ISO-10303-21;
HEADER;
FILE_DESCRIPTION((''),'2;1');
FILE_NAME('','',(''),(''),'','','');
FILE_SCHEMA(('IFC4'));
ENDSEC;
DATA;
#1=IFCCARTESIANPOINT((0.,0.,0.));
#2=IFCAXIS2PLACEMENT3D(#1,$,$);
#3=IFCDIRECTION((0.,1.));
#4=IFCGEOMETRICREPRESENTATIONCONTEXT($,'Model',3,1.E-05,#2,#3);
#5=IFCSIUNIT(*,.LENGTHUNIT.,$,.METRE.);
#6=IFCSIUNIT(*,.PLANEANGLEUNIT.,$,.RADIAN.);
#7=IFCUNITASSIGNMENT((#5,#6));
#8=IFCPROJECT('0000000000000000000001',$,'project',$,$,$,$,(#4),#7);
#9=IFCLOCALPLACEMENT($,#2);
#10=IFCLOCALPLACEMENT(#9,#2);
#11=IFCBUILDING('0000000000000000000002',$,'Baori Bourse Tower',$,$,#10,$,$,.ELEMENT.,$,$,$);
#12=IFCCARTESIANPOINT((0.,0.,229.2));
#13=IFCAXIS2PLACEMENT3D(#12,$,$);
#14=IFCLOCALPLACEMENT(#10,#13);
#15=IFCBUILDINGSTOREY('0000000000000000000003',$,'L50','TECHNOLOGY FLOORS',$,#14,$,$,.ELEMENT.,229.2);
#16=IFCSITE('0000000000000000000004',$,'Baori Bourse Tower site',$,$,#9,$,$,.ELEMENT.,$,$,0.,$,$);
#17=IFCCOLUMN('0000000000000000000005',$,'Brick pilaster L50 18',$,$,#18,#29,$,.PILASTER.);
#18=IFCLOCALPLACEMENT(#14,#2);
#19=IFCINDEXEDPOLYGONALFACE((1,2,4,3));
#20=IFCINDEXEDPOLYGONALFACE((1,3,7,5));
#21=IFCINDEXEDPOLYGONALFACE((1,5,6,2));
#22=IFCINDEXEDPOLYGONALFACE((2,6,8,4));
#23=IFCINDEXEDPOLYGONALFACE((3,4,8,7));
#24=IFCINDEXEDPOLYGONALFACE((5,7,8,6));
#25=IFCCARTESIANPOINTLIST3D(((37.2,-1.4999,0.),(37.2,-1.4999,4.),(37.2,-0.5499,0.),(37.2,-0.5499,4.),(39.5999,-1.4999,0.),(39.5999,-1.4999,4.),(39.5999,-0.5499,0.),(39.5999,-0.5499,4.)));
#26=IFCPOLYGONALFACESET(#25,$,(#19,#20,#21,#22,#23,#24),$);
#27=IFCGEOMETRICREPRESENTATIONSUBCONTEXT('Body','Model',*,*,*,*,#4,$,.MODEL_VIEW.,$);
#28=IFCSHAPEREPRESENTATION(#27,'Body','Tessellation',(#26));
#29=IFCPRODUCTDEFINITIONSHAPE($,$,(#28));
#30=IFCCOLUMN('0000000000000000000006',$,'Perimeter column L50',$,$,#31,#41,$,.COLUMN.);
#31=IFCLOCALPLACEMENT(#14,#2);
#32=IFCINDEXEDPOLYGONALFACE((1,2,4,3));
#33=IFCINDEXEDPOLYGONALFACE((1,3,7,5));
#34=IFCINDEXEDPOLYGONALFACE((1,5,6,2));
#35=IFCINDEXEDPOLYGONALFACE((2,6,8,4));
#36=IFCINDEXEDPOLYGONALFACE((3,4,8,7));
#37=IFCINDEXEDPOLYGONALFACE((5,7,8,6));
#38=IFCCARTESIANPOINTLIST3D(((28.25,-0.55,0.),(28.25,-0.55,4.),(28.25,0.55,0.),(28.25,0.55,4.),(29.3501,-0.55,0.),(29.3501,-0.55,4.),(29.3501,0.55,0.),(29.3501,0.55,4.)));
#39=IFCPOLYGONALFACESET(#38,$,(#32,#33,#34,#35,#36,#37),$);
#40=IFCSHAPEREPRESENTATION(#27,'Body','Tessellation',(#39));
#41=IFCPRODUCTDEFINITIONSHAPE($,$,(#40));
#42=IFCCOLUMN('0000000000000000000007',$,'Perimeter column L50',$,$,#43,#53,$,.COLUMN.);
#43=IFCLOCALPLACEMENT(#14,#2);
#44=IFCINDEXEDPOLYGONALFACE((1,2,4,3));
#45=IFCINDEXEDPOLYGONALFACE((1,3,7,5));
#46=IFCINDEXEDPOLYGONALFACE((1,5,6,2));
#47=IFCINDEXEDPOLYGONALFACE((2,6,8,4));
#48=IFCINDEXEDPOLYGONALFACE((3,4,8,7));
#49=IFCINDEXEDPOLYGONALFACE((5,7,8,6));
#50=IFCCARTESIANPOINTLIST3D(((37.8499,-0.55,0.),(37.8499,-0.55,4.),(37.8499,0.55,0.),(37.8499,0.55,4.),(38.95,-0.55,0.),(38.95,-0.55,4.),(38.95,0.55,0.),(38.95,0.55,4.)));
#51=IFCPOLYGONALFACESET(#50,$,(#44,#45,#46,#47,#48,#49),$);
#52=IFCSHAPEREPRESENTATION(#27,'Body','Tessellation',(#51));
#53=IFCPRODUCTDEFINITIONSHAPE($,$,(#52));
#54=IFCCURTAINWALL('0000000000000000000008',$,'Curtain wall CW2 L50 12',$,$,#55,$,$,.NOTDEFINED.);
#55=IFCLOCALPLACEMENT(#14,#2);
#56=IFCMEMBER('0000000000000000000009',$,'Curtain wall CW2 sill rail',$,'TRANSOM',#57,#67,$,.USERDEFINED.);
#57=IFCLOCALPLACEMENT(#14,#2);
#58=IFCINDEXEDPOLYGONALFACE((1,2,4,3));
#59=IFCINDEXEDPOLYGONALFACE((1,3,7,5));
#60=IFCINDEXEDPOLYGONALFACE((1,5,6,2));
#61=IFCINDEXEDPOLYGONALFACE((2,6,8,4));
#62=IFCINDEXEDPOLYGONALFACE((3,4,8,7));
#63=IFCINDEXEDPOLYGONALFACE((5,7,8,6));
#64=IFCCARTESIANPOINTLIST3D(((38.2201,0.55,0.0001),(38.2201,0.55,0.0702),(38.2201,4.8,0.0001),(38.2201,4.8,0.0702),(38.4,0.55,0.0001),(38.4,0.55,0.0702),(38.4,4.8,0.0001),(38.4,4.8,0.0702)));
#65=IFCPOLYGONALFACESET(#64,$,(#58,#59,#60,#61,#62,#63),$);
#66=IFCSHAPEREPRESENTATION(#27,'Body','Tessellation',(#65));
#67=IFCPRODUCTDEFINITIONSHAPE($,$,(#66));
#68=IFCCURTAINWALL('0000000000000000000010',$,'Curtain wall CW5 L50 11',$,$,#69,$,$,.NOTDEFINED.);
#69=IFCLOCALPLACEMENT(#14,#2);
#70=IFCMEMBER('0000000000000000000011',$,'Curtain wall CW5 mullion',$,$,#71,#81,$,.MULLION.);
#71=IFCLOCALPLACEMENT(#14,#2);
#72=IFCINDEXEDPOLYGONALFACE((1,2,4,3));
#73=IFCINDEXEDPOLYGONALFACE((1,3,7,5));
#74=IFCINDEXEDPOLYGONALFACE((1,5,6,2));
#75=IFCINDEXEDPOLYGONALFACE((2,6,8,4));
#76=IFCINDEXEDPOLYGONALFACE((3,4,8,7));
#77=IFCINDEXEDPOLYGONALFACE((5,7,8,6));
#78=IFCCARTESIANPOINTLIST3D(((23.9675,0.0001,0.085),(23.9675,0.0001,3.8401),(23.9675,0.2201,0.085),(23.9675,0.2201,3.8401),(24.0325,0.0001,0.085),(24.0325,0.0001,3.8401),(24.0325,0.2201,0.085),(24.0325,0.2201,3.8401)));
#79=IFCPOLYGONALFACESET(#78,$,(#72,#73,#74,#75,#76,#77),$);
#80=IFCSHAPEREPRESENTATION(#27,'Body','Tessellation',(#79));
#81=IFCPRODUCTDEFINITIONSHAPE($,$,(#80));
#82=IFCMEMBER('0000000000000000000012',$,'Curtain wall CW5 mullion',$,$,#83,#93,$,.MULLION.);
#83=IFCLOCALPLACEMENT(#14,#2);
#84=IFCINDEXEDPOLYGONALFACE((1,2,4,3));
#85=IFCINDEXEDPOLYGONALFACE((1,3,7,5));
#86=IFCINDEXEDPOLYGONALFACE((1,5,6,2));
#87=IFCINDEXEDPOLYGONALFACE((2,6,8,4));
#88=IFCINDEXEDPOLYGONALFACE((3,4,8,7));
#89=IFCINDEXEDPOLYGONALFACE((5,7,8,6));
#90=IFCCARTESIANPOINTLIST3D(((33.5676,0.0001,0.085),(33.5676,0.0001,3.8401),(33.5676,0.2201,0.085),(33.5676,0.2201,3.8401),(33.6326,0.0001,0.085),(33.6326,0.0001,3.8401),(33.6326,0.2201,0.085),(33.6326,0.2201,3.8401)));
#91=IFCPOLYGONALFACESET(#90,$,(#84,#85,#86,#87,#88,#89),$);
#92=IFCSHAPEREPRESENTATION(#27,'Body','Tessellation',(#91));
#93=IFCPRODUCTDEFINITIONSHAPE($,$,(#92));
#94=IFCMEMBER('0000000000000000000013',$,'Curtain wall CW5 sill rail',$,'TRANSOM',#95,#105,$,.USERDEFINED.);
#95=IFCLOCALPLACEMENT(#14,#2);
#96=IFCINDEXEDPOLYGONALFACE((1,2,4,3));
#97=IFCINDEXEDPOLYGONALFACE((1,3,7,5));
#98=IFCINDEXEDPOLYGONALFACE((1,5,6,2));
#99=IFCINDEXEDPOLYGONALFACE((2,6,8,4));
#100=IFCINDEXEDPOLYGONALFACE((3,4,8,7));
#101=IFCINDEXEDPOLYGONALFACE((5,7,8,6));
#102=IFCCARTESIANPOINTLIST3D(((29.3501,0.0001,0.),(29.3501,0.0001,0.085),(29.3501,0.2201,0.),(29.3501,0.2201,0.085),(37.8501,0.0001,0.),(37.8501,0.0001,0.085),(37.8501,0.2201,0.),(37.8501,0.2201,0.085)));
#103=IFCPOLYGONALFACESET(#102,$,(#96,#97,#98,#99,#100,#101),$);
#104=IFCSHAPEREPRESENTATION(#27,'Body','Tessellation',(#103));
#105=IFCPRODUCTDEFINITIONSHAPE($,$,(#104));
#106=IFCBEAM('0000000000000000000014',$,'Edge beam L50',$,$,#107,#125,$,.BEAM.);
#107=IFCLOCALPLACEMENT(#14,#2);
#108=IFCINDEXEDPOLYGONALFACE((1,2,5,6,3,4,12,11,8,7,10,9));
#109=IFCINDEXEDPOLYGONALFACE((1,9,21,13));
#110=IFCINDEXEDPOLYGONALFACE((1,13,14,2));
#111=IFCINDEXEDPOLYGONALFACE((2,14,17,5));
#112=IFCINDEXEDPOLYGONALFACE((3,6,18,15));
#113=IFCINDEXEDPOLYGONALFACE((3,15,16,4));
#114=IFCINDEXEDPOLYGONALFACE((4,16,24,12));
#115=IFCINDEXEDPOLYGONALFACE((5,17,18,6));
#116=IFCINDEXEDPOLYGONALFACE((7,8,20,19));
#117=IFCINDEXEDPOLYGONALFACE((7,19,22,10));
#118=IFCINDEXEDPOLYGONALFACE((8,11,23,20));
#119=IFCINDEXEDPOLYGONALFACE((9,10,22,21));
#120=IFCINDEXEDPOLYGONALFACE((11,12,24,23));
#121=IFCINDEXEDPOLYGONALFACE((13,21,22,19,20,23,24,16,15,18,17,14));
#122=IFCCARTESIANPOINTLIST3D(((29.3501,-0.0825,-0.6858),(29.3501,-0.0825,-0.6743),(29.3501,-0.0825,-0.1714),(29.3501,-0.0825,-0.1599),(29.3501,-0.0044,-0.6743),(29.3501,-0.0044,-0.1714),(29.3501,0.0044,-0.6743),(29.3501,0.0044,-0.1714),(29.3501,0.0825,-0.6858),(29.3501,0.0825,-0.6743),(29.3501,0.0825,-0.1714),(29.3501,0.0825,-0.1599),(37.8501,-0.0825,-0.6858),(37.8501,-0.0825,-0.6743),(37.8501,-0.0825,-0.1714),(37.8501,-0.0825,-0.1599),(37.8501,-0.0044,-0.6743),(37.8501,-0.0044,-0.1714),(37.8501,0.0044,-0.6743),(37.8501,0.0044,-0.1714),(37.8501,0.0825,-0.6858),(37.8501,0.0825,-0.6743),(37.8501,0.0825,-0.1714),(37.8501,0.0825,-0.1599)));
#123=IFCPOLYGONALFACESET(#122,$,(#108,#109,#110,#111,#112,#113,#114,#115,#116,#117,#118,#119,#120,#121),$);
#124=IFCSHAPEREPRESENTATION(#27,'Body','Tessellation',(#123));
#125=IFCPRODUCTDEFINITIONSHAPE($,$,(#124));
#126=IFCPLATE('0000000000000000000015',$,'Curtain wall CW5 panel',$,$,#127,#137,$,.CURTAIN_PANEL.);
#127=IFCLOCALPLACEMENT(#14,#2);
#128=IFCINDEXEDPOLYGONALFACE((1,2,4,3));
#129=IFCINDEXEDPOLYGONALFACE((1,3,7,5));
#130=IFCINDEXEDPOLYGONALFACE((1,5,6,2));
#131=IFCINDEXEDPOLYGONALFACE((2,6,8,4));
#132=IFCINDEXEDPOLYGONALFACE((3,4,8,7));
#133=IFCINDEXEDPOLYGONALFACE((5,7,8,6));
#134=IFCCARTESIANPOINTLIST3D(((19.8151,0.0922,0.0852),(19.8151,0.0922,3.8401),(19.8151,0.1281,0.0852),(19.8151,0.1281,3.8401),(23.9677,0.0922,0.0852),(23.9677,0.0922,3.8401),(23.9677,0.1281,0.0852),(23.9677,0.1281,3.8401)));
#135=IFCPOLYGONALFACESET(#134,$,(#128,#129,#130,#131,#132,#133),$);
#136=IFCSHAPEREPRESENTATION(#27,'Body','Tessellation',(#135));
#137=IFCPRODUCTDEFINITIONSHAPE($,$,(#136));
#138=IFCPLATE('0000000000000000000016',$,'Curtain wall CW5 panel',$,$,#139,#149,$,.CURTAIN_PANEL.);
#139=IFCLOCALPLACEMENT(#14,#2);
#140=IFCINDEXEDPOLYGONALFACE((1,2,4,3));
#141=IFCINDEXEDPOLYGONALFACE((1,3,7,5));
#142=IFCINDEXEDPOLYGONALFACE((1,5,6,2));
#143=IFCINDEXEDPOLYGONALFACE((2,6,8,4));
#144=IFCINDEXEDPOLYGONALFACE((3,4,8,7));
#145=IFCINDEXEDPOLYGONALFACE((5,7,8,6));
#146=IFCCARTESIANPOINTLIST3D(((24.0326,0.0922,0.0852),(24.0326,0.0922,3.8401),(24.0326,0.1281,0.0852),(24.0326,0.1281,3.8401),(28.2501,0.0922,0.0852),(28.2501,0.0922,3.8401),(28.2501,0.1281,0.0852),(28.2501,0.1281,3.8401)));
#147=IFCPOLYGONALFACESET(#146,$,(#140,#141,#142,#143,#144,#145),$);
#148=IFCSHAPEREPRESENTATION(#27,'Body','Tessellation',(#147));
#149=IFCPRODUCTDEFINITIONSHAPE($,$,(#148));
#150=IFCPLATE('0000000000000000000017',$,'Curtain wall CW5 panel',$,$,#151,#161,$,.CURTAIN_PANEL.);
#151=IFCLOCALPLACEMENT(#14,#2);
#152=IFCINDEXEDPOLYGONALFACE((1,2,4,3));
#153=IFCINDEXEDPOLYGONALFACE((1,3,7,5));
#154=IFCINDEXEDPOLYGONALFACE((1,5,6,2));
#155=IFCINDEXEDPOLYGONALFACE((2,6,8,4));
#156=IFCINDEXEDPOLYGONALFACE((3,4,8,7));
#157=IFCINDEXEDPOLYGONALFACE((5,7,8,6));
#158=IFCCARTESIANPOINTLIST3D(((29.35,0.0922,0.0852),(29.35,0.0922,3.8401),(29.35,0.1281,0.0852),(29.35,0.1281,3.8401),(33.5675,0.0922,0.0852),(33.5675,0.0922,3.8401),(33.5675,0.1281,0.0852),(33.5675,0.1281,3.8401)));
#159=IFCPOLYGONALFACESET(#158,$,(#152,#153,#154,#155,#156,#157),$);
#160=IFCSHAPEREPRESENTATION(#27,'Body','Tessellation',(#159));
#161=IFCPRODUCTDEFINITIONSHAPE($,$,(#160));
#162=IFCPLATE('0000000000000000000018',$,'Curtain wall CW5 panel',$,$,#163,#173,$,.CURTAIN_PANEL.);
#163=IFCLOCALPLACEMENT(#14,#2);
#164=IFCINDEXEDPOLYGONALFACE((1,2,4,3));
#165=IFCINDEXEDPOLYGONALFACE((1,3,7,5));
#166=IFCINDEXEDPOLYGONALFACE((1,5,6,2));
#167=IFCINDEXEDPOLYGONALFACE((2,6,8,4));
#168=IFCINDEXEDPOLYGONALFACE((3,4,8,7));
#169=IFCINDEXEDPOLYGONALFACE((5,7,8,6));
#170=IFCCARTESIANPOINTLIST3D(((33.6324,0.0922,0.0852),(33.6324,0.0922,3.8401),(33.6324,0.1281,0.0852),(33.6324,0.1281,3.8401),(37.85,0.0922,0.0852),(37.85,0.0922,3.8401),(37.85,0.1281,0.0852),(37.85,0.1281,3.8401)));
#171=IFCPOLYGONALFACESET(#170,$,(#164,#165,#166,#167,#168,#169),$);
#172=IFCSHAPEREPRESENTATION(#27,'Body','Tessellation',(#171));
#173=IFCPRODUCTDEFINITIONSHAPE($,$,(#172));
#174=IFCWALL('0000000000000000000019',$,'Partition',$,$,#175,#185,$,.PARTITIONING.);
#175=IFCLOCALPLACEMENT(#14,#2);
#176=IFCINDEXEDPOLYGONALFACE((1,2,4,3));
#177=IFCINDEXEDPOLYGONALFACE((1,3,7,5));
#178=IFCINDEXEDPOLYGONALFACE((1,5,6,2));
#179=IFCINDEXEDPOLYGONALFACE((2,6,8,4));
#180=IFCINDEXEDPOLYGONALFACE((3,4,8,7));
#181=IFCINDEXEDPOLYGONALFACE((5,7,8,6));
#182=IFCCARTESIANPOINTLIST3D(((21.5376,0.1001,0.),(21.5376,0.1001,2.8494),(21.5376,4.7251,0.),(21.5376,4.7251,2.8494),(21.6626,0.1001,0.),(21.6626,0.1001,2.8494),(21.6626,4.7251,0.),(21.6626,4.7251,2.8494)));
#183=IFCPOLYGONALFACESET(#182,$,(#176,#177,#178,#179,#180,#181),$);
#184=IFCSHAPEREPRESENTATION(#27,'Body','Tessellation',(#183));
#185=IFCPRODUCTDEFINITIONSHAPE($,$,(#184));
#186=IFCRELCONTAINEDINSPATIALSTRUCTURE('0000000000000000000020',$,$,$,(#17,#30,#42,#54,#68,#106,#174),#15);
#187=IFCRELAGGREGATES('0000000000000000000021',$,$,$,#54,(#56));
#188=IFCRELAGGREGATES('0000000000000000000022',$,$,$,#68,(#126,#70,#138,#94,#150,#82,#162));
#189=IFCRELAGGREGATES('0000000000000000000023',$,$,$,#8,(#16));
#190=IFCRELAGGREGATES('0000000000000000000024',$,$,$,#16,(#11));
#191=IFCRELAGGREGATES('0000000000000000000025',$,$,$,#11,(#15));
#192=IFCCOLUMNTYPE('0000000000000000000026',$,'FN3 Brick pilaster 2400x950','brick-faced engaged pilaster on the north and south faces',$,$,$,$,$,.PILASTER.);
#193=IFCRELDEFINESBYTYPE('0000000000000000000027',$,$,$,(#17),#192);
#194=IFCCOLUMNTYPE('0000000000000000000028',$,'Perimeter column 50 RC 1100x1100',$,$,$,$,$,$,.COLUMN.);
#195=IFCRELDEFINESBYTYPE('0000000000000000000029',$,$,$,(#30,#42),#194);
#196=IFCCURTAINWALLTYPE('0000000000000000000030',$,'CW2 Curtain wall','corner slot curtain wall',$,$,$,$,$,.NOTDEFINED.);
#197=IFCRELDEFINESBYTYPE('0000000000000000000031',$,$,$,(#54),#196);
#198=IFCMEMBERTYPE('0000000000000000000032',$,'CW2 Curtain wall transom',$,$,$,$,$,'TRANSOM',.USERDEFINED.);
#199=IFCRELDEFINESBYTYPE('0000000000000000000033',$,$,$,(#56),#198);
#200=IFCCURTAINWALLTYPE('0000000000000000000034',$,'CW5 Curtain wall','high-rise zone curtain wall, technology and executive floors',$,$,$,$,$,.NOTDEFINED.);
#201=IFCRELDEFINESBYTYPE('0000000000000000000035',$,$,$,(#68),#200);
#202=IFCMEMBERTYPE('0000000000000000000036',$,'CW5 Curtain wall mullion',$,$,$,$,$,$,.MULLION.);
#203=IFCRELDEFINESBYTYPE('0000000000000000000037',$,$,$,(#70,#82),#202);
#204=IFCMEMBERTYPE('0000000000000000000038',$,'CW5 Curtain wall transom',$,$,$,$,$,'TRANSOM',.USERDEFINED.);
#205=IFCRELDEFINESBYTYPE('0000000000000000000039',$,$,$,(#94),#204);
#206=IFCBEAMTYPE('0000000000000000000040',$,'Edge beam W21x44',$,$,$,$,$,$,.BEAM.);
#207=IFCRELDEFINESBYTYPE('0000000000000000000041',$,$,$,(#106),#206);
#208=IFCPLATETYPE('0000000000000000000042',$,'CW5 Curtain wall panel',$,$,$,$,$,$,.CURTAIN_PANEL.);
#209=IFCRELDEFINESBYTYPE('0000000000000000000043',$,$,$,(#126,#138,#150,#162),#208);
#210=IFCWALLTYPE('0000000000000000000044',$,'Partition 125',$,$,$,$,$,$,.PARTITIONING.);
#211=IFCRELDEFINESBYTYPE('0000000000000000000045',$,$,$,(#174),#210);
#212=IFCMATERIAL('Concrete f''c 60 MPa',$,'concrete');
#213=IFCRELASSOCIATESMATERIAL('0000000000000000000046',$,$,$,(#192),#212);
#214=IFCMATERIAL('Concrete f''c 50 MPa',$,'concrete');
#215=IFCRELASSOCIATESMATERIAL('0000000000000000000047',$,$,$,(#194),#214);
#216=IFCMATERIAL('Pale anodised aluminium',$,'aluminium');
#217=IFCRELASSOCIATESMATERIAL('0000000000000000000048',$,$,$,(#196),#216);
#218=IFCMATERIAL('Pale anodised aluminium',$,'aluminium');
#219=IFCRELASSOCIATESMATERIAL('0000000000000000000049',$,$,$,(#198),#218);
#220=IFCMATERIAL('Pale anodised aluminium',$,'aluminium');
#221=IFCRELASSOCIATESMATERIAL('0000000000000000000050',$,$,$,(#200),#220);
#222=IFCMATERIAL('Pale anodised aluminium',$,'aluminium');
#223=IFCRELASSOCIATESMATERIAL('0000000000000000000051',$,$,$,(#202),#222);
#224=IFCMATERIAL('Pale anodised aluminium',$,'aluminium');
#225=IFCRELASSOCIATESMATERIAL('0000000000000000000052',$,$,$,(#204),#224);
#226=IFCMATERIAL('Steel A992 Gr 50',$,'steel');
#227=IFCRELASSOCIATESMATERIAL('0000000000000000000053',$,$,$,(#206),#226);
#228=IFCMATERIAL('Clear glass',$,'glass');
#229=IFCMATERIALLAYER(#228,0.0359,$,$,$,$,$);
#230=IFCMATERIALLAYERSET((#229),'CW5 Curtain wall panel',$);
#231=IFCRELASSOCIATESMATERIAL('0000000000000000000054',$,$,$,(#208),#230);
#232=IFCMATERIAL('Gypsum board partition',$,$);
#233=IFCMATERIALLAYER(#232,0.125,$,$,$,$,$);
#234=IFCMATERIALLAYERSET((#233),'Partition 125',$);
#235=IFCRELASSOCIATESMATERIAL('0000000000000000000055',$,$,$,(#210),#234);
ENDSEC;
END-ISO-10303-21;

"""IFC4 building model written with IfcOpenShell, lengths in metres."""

from ifc_helpers import new_model, si_unit, direction, frame, frame_2d, origin, origin_2d, place, context, subcontext, project, spatial, rectangle, i_section, extrude, material, layer, layer_set, material_profile, profile_set, type_object, element, aggregate, save


model = new_model("IFC4")

# Units and contexts
model_context = context("Model", 3, precision=1e-05, world=origin(), true_north=direction((0.0, 1.0)))
body_context = subcontext(model_context, "Body", "Model", "MODEL_VIEW")
ifc_project = project(units=[si_unit("LENGTHUNIT", "METRE"), si_unit("PLANEANGLEUNIT", "RADIAN")], contexts=[model_context])

# Site, building, storey
site_placement = place(None, origin())
site = spatial("IfcSite", under=ifc_project, at=site_placement, Name="Baori Bourse Tower site", CompositionType="ELEMENT", RefElevation=0.0)
building_placement = place(site_placement, origin())
building = spatial("IfcBuilding", under=site, at=building_placement, Name="Baori Bourse Tower", CompositionType="ELEMENT")
storey_placement = place(building_placement, frame((0.0, 0.0, 229.2)))
storey = spatial("IfcBuildingStorey", under=building, at=storey_placement, Name="L50", Description="TECHNOLOGY FLOORS", CompositionType="ELEMENT", Elevation=229.2)

# Columns
ifc_material_1 = material(Name="Concrete f'c 60 MPa", Category="concrete")
ifc_material_profile_1 = material_profile(ifc_material_1, rectangle(XDim=2.3999, YDim=0.95, at=origin_2d()), Name="RC 2400x950")
ifc_profile_set_1 = profile_set([ifc_material_profile_1], Name="Concrete f'c 60 MPa")
column_type_1 = type_object("IfcColumnType", Name="FN3 Brick pilaster 2400x950", Description="brick-faced engaged pilaster on the north and south faces", PredefinedType="PILASTER", material=ifc_profile_set_1)
column_placement = place(storey_placement, frame((38.3999, -1.0249, 0.0), z_axis=(0.0, 0.0, 1.0), x_axis=(1.0, 0.0, 0.0)))
element("IfcColumn", 1, at=column_placement, inside=storey, type_object=column_type_1, Name="Brick pilaster L50 18", PredefinedType="PILASTER", context=body_context, shape_type="SweptSolid", body=[
    extrude(rectangle(XDim=2.3999, YDim=0.95, at=origin_2d()), origin(), (0.0, 0.0, 1.0), 4.0),
])
ifc_material_2 = material(Name="Concrete f'c 50 MPa", Category="concrete")
ifc_material_profile_2 = material_profile(ifc_material_2, rectangle(XDim=1.1001, YDim=1.1001, at=origin_2d()), Name="RC 1100x1100")
ifc_profile_set_2 = profile_set([ifc_material_profile_2], Name="Concrete f'c 50 MPa")
column_type_2 = type_object("IfcColumnType", Name="Perimeter column 50 RC 1100x1100", PredefinedType="COLUMN", material=ifc_profile_set_2)
for number, where, z_axis, x_axis, name in (
    (2, (28.8, 0.0, 0.0), (0.0, 0.0, 1.0), (1.0, 0.0, 0.0), "Perimeter column L50"),
    (3, (38.3999, 0.0, 0.0), (0.0, 0.0, 1.0), (1.0, 0.0, 0.0), "Perimeter column L50"),
):
    element("IfcColumn", number, at=place(storey_placement, frame(where, z_axis=z_axis, x_axis=x_axis)), inside=storey, type_object=column_type_2, Name=name, PredefinedType="COLUMN", context=body_context, shape_type="SweptSolid", body=[
        extrude(rectangle(XDim=1.1001, YDim=1.1001, at=origin_2d()), origin(), (0.0, 0.0, 1.0), 4.0),
    ])

# Curtain wall, member
ifc_material_3 = material(Name="Pale anodised aluminium", Category="aluminium")
curtain_wall_type_1 = type_object("IfcCurtainWallType", Name="CW2 Curtain wall", Description="corner slot curtain wall", PredefinedType="NOTDEFINED", material=ifc_material_3)
curtain_wall_1_placement = place(storey_placement, origin())
curtain_wall_1 = element("IfcCurtainWall", 4, at=curtain_wall_1_placement, inside=storey, type_object=curtain_wall_type_1, Name="Curtain wall CW2 L50 12", PredefinedType="NOTDEFINED")
ifc_material_4 = material(Name="Pale anodised aluminium", Category="aluminium")
ifc_material_profile_3 = material_profile(ifc_material_4, rectangle(XDim=0.1799, YDim=0.0701, at=origin_2d()), Name="Transom 70x180")
ifc_profile_set_3 = profile_set([ifc_material_profile_3], Name="Pale anodised aluminium")
member_type_1 = type_object("IfcMemberType", Name="CW2 Curtain wall transom", ElementType="TRANSOM", PredefinedType="USERDEFINED", material=ifc_profile_set_3)
member_1_placement = place(storey_placement, frame((38.3101, 0.55, 0.0352), z_axis=(0.0, 1.0, 0.0), x_axis=(-1.0, 0.0, 0.0)))
member_1 = element("IfcMember", 5, at=member_1_placement, type_object=member_type_1, Name="Curtain wall CW2 sill rail", ObjectType="TRANSOM", PredefinedType="USERDEFINED", context=body_context, shape_type="SweptSolid", body=[
    extrude(rectangle(XDim=0.1799, YDim=0.0701, at=origin_2d()), origin(), (0.0, 0.0, 1.0), 4.25),
])
aggregate(curtain_wall_1, [member_1])

# Curtain wall, members
ifc_material_5 = material(Name="Pale anodised aluminium", Category="aluminium")
curtain_wall_type_2 = type_object("IfcCurtainWallType", Name="CW5 Curtain wall", Description="high-rise zone curtain wall, technology and executive floors", PredefinedType="NOTDEFINED", material=ifc_material_5)
curtain_wall_2_placement = place(storey_placement, origin())
curtain_wall_2 = element("IfcCurtainWall", 6, at=curtain_wall_2_placement, inside=storey, type_object=curtain_wall_type_2, Name="Curtain wall CW5 L50 11", PredefinedType="NOTDEFINED")
ifc_material_6 = material(Name="Pale anodised aluminium", Category="aluminium")
ifc_material_profile_4 = material_profile(ifc_material_6, rectangle(XDim=0.22, YDim=0.0649, at=origin_2d()), Name="Mullion 65x220")
ifc_profile_set_4 = profile_set([ifc_material_profile_4], Name="Pale anodised aluminium")
member_type_2 = type_object("IfcMemberType", Name="CW5 Curtain wall mullion", PredefinedType="MULLION", material=ifc_profile_set_4)
member_2_placement = place(storey_placement, frame((24.0, 0.1101, 0.085), z_axis=(0.0, 0.0, 1.0), x_axis=(0.0, 1.0, 0.0)))
member_2 = element("IfcMember", 7, at=member_2_placement, type_object=member_type_2, Name="Curtain wall CW5 mullion", PredefinedType="MULLION", context=body_context, shape_type="SweptSolid", body=[
    extrude(rectangle(XDim=0.22, YDim=0.0649, at=origin_2d()), origin(), (0.0, 0.0, 1.0), 3.7551),
])
member_3_placement = place(storey_placement, frame((33.6001, 0.1101, 0.085), z_axis=(0.0, 0.0, 1.0), x_axis=(0.0, 1.0, 0.0)))
member_3 = element("IfcMember", 8, at=member_3_placement, type_object=member_type_2, Name="Curtain wall CW5 mullion", PredefinedType="MULLION", context=body_context, shape_type="SweptSolid", body=[
    extrude(rectangle(XDim=0.22, YDim=0.0649, at=origin_2d()), origin(), (0.0, 0.0, 1.0), 3.7551),
])
ifc_material_7 = material(Name="Pale anodised aluminium", Category="aluminium")
ifc_material_profile_5 = material_profile(ifc_material_7, rectangle(XDim=0.22, YDim=0.085, at=origin_2d()), Name="Transom 85x220")
ifc_profile_set_5 = profile_set([ifc_material_profile_5], Name="Pale anodised aluminium")
member_type_3 = type_object("IfcMemberType", Name="CW5 Curtain wall transom", ElementType="TRANSOM", PredefinedType="USERDEFINED", material=ifc_profile_set_5)
member_4_placement = place(storey_placement, frame((29.3501, 0.1101, 0.0425), z_axis=(1.0, 0.0, 0.0), x_axis=(0.0, 1.0, 0.0)))
member_4 = element("IfcMember", 9, at=member_4_placement, type_object=member_type_3, Name="Curtain wall CW5 sill rail", ObjectType="TRANSOM", PredefinedType="USERDEFINED", context=body_context, shape_type="SweptSolid", body=[
    extrude(rectangle(XDim=0.22, YDim=0.085, at=origin_2d()), origin(), (0.0, 0.0, 1.0), 8.5),
])

# Beam
ifc_material_8 = material(Name="Steel A992 Gr 50", Category="steel")
ifc_material_profile_6 = material_profile(ifc_material_8, i_section(OverallWidth=0.165, OverallDepth=0.5259, WebThickness=0.0088, FlangeThickness=0.0115, at=origin_2d()), Name="W21x44")
ifc_profile_set_6 = profile_set([ifc_material_profile_6], Name="Steel A992 Gr 50")
beam_type = type_object("IfcBeamType", Name="Edge beam W21x44", PredefinedType="BEAM", material=ifc_profile_set_6)
beam_placement = place(storey_placement, frame((29.3501, 0.0, -0.4229), z_axis=(1.0, 0.0, 0.0), x_axis=(0.0, 1.0, 0.0)))
element("IfcBeam", 10, at=beam_placement, inside=storey, type_object=beam_type, Name="Edge beam L50", PredefinedType="BEAM", context=body_context, shape_type="SweptSolid", body=[
    extrude(i_section(OverallWidth=0.165, OverallDepth=0.5259, WebThickness=0.0088, FlangeThickness=0.0115, at=origin_2d()), origin(), (0.0, 0.0, 1.0), 8.5),
])

# Plates
ifc_material_9 = material(Name="Clear glass", Category="glass")
ifc_layer_1 = layer(ifc_material_9, 0.0359)
ifc_layer_set_1 = layer_set([ifc_layer_1], Name="CW5 Curtain wall panel")
plate_type = type_object("IfcPlateType", Name="CW5 Curtain wall panel", PredefinedType="CURTAIN_PANEL", material=ifc_layer_set_1)
plate_1_placement = place(storey_placement, frame((21.8914, 0.1101, 0.0852), z_axis=(0.0, 0.0, 1.0), x_axis=(1.0, 0.0, 0.0)))
plate_1 = element("IfcPlate", 11, at=plate_1_placement, type_object=plate_type, Name="Curtain wall CW5 panel", PredefinedType="CURTAIN_PANEL", context=body_context, shape_type="SweptSolid", body=[
    extrude(rectangle(XDim=4.1526, YDim=0.0359, at=origin_2d()), origin(), (0.0, 0.0, 1.0), 3.7549),
])
plate_2_placement = place(storey_placement, frame((26.1414, 0.1101, 0.0852), z_axis=(0.0, 0.0, 1.0), x_axis=(1.0, 0.0, 0.0)))
plate_2 = element("IfcPlate", 12, at=plate_2_placement, type_object=plate_type, Name="Curtain wall CW5 panel", PredefinedType="CURTAIN_PANEL", context=body_context, shape_type="SweptSolid", body=[
    extrude(rectangle(XDim=4.2175, YDim=0.0359, at=origin_2d()), origin(), (0.0, 0.0, 1.0), 3.7549),
])
plate_3_placement = place(storey_placement, frame((31.4587, 0.1101, 0.0852), z_axis=(0.0, 0.0, 1.0), x_axis=(1.0, 0.0, 0.0)))
plate_3 = element("IfcPlate", 13, at=plate_3_placement, type_object=plate_type, Name="Curtain wall CW5 panel", PredefinedType="CURTAIN_PANEL", context=body_context, shape_type="SweptSolid", body=[
    extrude(rectangle(XDim=4.2175, YDim=0.0359, at=origin_2d()), origin(), (0.0, 0.0, 1.0), 3.7549),
])
plate_4_placement = place(storey_placement, frame((35.7412, 0.1101, 0.0852), z_axis=(0.0, 0.0, 1.0), x_axis=(1.0, 0.0, 0.0)))
plate_4 = element("IfcPlate", 14, at=plate_4_placement, type_object=plate_type, Name="Curtain wall CW5 panel", PredefinedType="CURTAIN_PANEL", context=body_context, shape_type="SweptSolid", body=[
    extrude(rectangle(XDim=4.2175, YDim=0.0359, at=origin_2d()), origin(), (0.0, 0.0, 1.0), 3.7549),
])
aggregate(curtain_wall_2, [plate_1, member_2, plate_2, member_4, plate_3, member_3, plate_4])

# Wall
ifc_material_10 = material(Name="Gypsum board partition")
ifc_layer_2 = layer(ifc_material_10, 0.125)
ifc_layer_set_2 = layer_set([ifc_layer_2], Name="Partition 125")
wall_type = type_object("IfcWallType", Name="Partition 125", PredefinedType="PARTITIONING", material=ifc_layer_set_2)
wall_placement = place(storey_placement, frame((21.6001, 0.1001, 0.0), z_axis=(0.0, 0.0, 1.0), x_axis=(0.0, 1.0, 0.0)))
element("IfcWall", 15, at=wall_placement, inside=storey, type_object=wall_type, Name="Partition", PredefinedType="PARTITIONING", context=body_context, shape_type="SweptSolid", body=[
    extrude(rectangle(XDim=4.625, YDim=0.125, at=frame_2d((2.3125, 0.0))), origin(), (0.0, 0.0, 1.0), 2.8494),
])

save(model, "model.ifc")
